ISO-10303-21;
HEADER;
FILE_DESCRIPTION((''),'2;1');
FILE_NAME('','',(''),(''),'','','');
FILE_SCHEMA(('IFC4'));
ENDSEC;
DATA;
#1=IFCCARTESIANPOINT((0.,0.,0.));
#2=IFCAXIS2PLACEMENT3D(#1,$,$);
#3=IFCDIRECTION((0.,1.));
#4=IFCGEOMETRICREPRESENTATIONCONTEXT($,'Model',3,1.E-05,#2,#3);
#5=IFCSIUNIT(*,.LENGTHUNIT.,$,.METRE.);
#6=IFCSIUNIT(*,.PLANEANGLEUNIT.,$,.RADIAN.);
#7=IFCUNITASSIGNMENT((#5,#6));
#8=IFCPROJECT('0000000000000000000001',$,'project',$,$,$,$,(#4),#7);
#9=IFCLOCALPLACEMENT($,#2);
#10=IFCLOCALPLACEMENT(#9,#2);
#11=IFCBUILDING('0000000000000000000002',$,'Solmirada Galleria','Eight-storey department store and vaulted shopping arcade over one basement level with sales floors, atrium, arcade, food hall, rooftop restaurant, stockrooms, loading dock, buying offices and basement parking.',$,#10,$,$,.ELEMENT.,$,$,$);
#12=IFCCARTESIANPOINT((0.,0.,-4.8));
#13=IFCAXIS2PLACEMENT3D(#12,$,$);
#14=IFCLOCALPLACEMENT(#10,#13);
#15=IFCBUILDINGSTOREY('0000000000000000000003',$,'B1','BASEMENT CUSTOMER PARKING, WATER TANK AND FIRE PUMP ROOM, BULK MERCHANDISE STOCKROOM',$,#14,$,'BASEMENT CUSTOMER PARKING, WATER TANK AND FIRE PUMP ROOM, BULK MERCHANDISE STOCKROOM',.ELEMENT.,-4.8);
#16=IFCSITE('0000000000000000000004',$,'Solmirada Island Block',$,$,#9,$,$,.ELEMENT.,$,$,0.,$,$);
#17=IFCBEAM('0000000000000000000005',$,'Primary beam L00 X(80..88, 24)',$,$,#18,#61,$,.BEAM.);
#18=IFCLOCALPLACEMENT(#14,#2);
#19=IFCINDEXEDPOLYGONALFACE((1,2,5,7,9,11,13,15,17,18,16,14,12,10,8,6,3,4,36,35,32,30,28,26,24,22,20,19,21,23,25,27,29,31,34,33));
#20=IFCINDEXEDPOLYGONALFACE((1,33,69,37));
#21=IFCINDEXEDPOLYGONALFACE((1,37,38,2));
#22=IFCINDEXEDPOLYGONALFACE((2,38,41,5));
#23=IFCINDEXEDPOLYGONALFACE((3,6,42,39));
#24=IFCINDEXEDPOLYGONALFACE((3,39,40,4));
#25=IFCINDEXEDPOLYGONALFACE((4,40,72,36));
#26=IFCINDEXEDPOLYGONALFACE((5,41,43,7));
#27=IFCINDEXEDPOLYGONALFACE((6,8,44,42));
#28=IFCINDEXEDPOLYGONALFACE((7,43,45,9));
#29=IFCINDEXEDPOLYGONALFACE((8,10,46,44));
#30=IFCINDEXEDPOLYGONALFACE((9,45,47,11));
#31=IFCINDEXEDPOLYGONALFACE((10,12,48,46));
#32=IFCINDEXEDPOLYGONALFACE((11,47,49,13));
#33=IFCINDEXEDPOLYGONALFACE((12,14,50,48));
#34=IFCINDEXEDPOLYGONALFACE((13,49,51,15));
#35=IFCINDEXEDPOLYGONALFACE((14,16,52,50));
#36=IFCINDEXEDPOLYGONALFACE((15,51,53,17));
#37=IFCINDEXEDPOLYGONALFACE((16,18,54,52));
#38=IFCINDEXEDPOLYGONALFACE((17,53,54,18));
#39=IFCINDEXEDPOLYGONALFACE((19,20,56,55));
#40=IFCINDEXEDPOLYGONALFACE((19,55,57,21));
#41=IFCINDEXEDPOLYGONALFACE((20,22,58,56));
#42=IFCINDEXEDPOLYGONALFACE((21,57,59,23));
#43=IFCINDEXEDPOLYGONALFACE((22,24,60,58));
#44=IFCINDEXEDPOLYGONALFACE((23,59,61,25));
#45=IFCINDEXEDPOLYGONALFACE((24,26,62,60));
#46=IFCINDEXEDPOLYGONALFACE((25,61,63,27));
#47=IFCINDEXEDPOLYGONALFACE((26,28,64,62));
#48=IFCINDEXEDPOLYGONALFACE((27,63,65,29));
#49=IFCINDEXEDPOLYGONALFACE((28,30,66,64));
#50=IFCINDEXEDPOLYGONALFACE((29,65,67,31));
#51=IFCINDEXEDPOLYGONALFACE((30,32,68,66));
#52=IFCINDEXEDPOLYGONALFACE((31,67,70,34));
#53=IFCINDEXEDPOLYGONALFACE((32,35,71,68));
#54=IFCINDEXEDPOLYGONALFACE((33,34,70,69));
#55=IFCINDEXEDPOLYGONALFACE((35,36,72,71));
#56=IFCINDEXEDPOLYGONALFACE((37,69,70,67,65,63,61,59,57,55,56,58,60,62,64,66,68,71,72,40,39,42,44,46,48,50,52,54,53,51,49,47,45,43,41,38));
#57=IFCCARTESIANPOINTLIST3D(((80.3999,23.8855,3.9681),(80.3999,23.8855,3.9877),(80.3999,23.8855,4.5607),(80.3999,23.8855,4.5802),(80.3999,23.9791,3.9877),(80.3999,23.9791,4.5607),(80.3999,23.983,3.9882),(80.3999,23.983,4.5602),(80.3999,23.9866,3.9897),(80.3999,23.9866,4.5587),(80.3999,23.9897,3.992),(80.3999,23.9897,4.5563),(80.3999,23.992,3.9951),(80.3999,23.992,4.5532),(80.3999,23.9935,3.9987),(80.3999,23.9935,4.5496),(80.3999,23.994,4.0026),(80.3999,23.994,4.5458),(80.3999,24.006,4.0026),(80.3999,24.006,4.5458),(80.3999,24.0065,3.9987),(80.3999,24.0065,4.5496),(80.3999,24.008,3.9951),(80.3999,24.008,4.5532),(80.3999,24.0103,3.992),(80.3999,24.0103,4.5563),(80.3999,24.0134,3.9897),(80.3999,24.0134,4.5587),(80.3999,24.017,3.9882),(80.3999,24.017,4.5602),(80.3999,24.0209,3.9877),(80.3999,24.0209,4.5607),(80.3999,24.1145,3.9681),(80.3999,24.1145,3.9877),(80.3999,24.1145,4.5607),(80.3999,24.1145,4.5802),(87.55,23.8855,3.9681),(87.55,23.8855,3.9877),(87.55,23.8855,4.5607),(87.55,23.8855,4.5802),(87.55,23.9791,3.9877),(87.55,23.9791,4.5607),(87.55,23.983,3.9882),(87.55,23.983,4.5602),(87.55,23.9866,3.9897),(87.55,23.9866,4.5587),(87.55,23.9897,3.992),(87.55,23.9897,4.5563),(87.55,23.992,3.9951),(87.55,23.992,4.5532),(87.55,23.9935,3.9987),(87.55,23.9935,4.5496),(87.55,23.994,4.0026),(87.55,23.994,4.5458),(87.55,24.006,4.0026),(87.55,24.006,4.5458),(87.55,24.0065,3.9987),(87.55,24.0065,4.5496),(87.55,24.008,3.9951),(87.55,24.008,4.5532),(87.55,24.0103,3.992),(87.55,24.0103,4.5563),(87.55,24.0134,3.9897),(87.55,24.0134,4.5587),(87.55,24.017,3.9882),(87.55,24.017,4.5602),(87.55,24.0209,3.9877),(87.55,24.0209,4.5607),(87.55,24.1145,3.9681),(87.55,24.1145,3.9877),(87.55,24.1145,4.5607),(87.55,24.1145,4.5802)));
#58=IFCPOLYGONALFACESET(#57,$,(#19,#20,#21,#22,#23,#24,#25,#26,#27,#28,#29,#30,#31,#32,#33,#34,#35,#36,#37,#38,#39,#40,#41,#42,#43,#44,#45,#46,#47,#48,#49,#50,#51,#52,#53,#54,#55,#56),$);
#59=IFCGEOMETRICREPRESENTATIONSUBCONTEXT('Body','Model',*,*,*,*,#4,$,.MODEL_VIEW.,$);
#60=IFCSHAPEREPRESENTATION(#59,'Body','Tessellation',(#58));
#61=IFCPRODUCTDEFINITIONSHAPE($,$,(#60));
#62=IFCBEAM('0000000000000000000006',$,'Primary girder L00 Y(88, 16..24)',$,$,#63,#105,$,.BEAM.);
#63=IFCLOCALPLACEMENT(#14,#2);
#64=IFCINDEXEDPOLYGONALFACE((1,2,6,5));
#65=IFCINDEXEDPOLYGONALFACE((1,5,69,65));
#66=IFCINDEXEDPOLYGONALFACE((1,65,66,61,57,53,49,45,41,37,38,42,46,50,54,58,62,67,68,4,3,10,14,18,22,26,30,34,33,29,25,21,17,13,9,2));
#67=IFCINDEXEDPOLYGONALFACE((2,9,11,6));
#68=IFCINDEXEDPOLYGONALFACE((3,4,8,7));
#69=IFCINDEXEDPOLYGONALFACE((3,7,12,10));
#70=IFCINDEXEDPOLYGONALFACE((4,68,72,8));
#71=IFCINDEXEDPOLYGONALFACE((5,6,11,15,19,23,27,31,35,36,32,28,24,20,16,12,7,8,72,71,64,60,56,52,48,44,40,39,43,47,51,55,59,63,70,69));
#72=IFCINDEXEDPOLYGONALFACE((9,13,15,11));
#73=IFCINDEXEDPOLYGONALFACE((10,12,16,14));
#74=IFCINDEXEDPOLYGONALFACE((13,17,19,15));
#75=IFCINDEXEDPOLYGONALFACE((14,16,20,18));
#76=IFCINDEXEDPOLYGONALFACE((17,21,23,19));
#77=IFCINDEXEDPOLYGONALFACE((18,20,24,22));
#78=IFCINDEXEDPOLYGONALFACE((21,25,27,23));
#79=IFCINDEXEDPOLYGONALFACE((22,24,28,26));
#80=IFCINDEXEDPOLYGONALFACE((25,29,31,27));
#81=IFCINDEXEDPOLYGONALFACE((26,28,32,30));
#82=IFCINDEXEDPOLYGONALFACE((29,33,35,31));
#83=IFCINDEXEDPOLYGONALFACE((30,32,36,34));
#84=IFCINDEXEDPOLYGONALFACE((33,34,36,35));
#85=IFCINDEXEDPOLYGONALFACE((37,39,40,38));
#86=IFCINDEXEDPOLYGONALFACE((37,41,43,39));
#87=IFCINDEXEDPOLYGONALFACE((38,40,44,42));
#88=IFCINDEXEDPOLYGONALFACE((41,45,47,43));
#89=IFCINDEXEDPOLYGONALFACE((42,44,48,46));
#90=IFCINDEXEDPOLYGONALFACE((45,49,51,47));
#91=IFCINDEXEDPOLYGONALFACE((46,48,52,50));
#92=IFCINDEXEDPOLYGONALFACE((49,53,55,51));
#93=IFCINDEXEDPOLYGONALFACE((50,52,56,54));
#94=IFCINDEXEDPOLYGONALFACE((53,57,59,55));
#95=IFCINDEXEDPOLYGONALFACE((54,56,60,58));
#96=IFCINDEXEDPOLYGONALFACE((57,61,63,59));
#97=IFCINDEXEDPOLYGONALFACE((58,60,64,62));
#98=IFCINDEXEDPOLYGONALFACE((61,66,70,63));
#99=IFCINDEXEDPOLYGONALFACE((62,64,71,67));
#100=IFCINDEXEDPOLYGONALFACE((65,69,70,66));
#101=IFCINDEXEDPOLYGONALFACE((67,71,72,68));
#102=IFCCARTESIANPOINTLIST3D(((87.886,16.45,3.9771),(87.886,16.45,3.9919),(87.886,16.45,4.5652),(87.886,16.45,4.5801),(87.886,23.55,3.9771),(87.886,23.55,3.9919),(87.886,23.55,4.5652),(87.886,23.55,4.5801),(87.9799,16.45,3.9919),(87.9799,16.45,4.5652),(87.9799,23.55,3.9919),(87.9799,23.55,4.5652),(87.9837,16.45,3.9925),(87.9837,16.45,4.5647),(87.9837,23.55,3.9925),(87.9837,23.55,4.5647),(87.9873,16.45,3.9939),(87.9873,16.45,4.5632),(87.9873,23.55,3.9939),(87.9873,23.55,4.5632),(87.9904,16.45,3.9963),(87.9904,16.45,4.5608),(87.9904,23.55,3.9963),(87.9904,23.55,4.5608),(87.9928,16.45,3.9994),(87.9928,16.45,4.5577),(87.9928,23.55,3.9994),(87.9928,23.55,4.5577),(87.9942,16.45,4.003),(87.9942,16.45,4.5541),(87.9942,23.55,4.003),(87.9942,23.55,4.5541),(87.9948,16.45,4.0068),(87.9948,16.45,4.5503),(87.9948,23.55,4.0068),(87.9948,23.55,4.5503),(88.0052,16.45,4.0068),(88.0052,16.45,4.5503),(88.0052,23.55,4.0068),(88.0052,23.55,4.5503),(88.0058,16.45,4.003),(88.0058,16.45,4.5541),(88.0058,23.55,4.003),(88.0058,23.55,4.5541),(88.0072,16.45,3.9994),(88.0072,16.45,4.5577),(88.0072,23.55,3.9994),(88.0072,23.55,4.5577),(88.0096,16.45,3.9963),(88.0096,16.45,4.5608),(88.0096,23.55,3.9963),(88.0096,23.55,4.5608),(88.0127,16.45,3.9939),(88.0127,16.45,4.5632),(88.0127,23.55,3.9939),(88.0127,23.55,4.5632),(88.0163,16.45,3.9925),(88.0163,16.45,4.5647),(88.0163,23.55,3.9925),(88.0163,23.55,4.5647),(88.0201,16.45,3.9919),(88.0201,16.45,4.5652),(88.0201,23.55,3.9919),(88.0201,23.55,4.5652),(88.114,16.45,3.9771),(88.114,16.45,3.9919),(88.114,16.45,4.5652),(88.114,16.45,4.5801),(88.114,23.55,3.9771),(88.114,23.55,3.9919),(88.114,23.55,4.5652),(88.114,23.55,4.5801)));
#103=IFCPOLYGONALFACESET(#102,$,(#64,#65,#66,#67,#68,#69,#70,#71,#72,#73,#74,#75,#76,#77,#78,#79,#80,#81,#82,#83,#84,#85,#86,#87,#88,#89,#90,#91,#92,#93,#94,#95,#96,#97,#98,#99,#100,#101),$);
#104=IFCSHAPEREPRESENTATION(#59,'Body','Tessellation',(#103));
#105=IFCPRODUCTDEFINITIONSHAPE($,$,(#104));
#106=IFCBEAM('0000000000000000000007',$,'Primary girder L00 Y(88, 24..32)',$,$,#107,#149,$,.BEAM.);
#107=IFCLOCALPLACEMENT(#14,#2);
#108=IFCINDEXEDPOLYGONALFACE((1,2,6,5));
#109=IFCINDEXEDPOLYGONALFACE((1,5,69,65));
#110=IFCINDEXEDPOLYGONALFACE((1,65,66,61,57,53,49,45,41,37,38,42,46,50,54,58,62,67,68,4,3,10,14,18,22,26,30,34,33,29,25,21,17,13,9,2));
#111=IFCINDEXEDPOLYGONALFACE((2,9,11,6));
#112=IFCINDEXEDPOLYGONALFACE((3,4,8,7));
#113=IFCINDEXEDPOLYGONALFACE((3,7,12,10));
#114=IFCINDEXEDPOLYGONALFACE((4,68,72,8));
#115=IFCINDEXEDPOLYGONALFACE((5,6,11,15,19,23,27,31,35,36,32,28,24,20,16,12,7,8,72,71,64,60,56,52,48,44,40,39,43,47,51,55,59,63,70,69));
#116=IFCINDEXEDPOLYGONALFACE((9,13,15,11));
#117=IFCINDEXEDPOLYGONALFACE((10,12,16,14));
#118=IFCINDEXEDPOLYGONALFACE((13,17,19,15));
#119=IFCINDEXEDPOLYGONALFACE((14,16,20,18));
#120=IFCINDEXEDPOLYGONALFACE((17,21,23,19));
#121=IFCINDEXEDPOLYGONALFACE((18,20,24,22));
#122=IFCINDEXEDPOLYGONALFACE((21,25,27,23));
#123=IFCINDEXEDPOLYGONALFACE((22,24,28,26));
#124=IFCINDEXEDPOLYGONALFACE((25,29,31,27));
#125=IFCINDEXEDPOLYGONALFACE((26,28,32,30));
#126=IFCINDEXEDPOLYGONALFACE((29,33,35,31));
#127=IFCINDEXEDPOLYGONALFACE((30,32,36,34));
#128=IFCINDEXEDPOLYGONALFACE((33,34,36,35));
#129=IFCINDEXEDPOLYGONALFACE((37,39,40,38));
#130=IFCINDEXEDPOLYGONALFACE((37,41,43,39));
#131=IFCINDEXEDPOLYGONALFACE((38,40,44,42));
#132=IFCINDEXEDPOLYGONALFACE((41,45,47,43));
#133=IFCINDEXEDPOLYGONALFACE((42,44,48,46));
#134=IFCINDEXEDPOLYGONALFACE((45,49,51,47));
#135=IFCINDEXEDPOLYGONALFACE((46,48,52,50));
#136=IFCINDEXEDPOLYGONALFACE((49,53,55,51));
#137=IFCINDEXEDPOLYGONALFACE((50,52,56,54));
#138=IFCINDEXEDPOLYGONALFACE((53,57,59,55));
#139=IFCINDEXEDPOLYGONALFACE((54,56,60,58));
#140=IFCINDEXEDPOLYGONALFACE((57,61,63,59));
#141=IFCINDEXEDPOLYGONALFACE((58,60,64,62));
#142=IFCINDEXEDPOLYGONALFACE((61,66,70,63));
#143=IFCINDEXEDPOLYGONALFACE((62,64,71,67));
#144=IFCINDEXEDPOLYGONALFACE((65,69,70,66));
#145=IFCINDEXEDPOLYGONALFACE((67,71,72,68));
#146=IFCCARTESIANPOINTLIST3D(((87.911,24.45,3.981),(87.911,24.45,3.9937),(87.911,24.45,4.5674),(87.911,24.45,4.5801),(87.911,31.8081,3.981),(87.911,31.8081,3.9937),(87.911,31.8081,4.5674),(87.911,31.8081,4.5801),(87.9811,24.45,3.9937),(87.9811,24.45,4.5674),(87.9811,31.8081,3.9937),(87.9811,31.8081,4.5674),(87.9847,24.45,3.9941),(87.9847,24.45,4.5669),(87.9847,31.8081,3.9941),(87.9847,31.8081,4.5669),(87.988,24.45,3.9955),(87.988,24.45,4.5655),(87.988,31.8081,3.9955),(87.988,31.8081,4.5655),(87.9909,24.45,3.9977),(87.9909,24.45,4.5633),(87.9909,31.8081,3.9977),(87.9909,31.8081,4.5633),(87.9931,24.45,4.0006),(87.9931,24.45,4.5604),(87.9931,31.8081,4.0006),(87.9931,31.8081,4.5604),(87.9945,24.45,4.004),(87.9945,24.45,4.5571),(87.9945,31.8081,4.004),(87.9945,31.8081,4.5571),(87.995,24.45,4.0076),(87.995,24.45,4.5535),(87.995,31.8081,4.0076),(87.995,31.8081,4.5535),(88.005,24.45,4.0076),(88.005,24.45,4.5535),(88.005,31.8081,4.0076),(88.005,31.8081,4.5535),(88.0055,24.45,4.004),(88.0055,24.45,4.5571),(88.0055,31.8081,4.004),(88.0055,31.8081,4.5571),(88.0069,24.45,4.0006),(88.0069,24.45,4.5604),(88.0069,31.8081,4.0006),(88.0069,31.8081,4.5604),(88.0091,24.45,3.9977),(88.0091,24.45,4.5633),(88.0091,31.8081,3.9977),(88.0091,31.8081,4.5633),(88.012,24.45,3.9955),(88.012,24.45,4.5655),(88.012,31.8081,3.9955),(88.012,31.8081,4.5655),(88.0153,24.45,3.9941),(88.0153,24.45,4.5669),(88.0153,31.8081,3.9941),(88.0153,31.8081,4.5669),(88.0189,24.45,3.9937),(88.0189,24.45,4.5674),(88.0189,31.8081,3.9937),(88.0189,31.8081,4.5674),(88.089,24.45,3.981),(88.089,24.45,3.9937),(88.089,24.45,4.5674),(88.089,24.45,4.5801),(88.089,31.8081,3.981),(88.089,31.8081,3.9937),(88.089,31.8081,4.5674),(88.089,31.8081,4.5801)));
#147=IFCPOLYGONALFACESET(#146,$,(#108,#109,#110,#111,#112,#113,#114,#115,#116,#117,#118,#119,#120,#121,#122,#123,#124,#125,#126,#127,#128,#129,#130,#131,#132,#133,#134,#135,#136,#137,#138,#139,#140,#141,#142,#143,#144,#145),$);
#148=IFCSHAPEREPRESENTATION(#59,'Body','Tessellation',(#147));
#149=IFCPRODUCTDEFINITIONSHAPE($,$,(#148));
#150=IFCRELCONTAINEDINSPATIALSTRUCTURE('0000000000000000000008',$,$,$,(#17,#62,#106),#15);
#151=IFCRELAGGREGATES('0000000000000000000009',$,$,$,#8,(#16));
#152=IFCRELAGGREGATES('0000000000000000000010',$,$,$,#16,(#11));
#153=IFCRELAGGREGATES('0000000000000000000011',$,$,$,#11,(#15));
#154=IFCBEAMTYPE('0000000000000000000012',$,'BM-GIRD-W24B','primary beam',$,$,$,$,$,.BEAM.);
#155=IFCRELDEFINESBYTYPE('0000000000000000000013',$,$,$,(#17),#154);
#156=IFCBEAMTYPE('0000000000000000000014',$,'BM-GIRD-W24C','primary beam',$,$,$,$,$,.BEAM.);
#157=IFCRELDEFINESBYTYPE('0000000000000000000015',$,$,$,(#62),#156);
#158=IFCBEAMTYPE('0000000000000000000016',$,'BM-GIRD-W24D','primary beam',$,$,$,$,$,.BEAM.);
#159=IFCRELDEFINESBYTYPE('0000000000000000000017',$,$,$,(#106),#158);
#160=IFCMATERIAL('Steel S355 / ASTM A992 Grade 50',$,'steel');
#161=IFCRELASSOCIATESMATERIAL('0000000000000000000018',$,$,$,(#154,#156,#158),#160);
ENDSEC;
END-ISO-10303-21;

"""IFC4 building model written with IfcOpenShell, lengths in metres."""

from ifc_helpers import new_model, si_unit, direction, frame, origin, origin_2d, place, context, subcontext, project, spatial, i_section, extrude, material, material_profile, profile_set, type_object, element, save


model = new_model("IFC4")

# Units and contexts
model_context = context("Model", 3, precision=1e-05, world=origin(), true_north=direction((0.0, 1.0)))
body_context = subcontext(model_context, "Body", "Model", "MODEL_VIEW")
ifc_project = project(units=[si_unit("LENGTHUNIT", "METRE"), si_unit("PLANEANGLEUNIT", "RADIAN")], contexts=[model_context])

# Site, building, storey
site_placement = place(None, origin())
site = spatial("IfcSite", under=ifc_project, at=site_placement, Name="Solmirada Island Block", CompositionType="ELEMENT", RefElevation=0.0)
building_placement = place(site_placement, origin())
building = spatial("IfcBuilding", under=site, at=building_placement, Name="Solmirada Galleria", Description="Eight-storey department store and vaulted shopping arcade over one basement level with sales floors, atrium, arcade, food hall, rooftop restaurant, stockrooms, loading dock, buying offices and basement parking.", CompositionType="ELEMENT")
storey_placement = place(building_placement, frame((0.0, 0.0, -4.8)))
storey = spatial("IfcBuildingStorey", under=building, at=storey_placement, Name="B1", Description="BASEMENT CUSTOMER PARKING, WATER TANK AND FIRE PUMP ROOM, BULK MERCHANDISE STOCKROOM", LongName="BASEMENT CUSTOMER PARKING, WATER TANK AND FIRE PUMP ROOM, BULK MERCHANDISE STOCKROOM", CompositionType="ELEMENT", Elevation=-4.8)

# Beams
ifc_material_1 = material(Name="Steel S355 / ASTM A992 Grade 50", Category="steel")
ifc_material_profile_1 = material_profile(ifc_material_1, i_section(OverallWidth=0.229, OverallDepth=0.6121, WebThickness=0.012, FlangeThickness=0.0195, FilletRadius=0.0149, at=origin_2d()), Name="W24X84")
ifc_profile_set_1 = profile_set([ifc_material_profile_1], Name="Steel S355 / ASTM A992 Grade 50")
beam_type_1 = type_object("IfcBeamType", Name="BM-GIRD-W24B", Description="primary beam", PredefinedType="BEAM", material=ifc_profile_set_1)
beam_1_placement = place(storey_placement, frame((80.3999, 24.0, 4.2742), z_axis=(1.0, 0.0, 0.0), x_axis=(0.0, 1.0, 0.0)))
element("IfcBeam", 1, at=beam_1_placement, inside=storey, type_object=beam_type_1, Name="Primary beam L00 X(80..88, 24)", PredefinedType="BEAM", context=body_context, shape_type="SweptSolid", body=[
    extrude(i_section(OverallWidth=0.229, OverallDepth=0.6121, WebThickness=0.012, FlangeThickness=0.0195, FilletRadius=0.0149, at=origin_2d()), origin(), (0.0, 0.0, 1.0), 7.1501),
])
ifc_material_profile_2 = material_profile(ifc_material_1, i_section(OverallWidth=0.228, OverallDepth=0.603, WebThickness=0.0105, FlangeThickness=0.0149, FilletRadius=0.0149, at=origin_2d()), Name="W24X68")
ifc_profile_set_2 = profile_set([ifc_material_profile_2], Name="Steel S355 / ASTM A992 Grade 50")
beam_type_2 = type_object("IfcBeamType", Name="BM-GIRD-W24C", Description="primary beam", PredefinedType="BEAM", material=ifc_profile_set_2)
beam_2_placement = place(storey_placement, frame((88.0, 16.45, 4.2786), z_axis=(0.0, 1.0, 0.0), x_axis=(-1.0, 0.0, 0.0)))
element("IfcBeam", 2, at=beam_2_placement, inside=storey, type_object=beam_type_2, Name="Primary girder L00 Y(88, 16..24)", PredefinedType="BEAM", context=body_context, shape_type="SweptSolid", body=[
    extrude(i_section(OverallWidth=0.228, OverallDepth=0.603, WebThickness=0.0105, FlangeThickness=0.0149, FilletRadius=0.0149, at=origin_2d()), origin(), (0.0, 0.0, 1.0), 7.1001),
])
ifc_material_profile_3 = material_profile(ifc_material_1, i_section(OverallWidth=0.178, OverallDepth=0.5991, WebThickness=0.01, FlangeThickness=0.0127, FilletRadius=0.0139, at=origin_2d()), Name="W24X55")
ifc_profile_set_3 = profile_set([ifc_material_profile_3], Name="Steel S355 / ASTM A992 Grade 50")
beam_type_3 = type_object("IfcBeamType", Name="BM-GIRD-W24D", Description="primary beam", PredefinedType="BEAM", material=ifc_profile_set_3)
beam_3_placement = place(storey_placement, frame((88.0, 24.45, 4.2805), z_axis=(0.0, 1.0, 0.0), x_axis=(-1.0, 0.0, 0.0)))
element("IfcBeam", 3, at=beam_3_placement, inside=storey, type_object=beam_type_3, Name="Primary girder L00 Y(88, 24..32)", PredefinedType="BEAM", context=body_context, shape_type="SweptSolid", body=[
    extrude(i_section(OverallWidth=0.178, OverallDepth=0.5991, WebThickness=0.01, FlangeThickness=0.0127, FilletRadius=0.0139, at=origin_2d()), origin(), (0.0, 0.0, 1.0), 7.3582),
])

save(model, "model.ifc")
